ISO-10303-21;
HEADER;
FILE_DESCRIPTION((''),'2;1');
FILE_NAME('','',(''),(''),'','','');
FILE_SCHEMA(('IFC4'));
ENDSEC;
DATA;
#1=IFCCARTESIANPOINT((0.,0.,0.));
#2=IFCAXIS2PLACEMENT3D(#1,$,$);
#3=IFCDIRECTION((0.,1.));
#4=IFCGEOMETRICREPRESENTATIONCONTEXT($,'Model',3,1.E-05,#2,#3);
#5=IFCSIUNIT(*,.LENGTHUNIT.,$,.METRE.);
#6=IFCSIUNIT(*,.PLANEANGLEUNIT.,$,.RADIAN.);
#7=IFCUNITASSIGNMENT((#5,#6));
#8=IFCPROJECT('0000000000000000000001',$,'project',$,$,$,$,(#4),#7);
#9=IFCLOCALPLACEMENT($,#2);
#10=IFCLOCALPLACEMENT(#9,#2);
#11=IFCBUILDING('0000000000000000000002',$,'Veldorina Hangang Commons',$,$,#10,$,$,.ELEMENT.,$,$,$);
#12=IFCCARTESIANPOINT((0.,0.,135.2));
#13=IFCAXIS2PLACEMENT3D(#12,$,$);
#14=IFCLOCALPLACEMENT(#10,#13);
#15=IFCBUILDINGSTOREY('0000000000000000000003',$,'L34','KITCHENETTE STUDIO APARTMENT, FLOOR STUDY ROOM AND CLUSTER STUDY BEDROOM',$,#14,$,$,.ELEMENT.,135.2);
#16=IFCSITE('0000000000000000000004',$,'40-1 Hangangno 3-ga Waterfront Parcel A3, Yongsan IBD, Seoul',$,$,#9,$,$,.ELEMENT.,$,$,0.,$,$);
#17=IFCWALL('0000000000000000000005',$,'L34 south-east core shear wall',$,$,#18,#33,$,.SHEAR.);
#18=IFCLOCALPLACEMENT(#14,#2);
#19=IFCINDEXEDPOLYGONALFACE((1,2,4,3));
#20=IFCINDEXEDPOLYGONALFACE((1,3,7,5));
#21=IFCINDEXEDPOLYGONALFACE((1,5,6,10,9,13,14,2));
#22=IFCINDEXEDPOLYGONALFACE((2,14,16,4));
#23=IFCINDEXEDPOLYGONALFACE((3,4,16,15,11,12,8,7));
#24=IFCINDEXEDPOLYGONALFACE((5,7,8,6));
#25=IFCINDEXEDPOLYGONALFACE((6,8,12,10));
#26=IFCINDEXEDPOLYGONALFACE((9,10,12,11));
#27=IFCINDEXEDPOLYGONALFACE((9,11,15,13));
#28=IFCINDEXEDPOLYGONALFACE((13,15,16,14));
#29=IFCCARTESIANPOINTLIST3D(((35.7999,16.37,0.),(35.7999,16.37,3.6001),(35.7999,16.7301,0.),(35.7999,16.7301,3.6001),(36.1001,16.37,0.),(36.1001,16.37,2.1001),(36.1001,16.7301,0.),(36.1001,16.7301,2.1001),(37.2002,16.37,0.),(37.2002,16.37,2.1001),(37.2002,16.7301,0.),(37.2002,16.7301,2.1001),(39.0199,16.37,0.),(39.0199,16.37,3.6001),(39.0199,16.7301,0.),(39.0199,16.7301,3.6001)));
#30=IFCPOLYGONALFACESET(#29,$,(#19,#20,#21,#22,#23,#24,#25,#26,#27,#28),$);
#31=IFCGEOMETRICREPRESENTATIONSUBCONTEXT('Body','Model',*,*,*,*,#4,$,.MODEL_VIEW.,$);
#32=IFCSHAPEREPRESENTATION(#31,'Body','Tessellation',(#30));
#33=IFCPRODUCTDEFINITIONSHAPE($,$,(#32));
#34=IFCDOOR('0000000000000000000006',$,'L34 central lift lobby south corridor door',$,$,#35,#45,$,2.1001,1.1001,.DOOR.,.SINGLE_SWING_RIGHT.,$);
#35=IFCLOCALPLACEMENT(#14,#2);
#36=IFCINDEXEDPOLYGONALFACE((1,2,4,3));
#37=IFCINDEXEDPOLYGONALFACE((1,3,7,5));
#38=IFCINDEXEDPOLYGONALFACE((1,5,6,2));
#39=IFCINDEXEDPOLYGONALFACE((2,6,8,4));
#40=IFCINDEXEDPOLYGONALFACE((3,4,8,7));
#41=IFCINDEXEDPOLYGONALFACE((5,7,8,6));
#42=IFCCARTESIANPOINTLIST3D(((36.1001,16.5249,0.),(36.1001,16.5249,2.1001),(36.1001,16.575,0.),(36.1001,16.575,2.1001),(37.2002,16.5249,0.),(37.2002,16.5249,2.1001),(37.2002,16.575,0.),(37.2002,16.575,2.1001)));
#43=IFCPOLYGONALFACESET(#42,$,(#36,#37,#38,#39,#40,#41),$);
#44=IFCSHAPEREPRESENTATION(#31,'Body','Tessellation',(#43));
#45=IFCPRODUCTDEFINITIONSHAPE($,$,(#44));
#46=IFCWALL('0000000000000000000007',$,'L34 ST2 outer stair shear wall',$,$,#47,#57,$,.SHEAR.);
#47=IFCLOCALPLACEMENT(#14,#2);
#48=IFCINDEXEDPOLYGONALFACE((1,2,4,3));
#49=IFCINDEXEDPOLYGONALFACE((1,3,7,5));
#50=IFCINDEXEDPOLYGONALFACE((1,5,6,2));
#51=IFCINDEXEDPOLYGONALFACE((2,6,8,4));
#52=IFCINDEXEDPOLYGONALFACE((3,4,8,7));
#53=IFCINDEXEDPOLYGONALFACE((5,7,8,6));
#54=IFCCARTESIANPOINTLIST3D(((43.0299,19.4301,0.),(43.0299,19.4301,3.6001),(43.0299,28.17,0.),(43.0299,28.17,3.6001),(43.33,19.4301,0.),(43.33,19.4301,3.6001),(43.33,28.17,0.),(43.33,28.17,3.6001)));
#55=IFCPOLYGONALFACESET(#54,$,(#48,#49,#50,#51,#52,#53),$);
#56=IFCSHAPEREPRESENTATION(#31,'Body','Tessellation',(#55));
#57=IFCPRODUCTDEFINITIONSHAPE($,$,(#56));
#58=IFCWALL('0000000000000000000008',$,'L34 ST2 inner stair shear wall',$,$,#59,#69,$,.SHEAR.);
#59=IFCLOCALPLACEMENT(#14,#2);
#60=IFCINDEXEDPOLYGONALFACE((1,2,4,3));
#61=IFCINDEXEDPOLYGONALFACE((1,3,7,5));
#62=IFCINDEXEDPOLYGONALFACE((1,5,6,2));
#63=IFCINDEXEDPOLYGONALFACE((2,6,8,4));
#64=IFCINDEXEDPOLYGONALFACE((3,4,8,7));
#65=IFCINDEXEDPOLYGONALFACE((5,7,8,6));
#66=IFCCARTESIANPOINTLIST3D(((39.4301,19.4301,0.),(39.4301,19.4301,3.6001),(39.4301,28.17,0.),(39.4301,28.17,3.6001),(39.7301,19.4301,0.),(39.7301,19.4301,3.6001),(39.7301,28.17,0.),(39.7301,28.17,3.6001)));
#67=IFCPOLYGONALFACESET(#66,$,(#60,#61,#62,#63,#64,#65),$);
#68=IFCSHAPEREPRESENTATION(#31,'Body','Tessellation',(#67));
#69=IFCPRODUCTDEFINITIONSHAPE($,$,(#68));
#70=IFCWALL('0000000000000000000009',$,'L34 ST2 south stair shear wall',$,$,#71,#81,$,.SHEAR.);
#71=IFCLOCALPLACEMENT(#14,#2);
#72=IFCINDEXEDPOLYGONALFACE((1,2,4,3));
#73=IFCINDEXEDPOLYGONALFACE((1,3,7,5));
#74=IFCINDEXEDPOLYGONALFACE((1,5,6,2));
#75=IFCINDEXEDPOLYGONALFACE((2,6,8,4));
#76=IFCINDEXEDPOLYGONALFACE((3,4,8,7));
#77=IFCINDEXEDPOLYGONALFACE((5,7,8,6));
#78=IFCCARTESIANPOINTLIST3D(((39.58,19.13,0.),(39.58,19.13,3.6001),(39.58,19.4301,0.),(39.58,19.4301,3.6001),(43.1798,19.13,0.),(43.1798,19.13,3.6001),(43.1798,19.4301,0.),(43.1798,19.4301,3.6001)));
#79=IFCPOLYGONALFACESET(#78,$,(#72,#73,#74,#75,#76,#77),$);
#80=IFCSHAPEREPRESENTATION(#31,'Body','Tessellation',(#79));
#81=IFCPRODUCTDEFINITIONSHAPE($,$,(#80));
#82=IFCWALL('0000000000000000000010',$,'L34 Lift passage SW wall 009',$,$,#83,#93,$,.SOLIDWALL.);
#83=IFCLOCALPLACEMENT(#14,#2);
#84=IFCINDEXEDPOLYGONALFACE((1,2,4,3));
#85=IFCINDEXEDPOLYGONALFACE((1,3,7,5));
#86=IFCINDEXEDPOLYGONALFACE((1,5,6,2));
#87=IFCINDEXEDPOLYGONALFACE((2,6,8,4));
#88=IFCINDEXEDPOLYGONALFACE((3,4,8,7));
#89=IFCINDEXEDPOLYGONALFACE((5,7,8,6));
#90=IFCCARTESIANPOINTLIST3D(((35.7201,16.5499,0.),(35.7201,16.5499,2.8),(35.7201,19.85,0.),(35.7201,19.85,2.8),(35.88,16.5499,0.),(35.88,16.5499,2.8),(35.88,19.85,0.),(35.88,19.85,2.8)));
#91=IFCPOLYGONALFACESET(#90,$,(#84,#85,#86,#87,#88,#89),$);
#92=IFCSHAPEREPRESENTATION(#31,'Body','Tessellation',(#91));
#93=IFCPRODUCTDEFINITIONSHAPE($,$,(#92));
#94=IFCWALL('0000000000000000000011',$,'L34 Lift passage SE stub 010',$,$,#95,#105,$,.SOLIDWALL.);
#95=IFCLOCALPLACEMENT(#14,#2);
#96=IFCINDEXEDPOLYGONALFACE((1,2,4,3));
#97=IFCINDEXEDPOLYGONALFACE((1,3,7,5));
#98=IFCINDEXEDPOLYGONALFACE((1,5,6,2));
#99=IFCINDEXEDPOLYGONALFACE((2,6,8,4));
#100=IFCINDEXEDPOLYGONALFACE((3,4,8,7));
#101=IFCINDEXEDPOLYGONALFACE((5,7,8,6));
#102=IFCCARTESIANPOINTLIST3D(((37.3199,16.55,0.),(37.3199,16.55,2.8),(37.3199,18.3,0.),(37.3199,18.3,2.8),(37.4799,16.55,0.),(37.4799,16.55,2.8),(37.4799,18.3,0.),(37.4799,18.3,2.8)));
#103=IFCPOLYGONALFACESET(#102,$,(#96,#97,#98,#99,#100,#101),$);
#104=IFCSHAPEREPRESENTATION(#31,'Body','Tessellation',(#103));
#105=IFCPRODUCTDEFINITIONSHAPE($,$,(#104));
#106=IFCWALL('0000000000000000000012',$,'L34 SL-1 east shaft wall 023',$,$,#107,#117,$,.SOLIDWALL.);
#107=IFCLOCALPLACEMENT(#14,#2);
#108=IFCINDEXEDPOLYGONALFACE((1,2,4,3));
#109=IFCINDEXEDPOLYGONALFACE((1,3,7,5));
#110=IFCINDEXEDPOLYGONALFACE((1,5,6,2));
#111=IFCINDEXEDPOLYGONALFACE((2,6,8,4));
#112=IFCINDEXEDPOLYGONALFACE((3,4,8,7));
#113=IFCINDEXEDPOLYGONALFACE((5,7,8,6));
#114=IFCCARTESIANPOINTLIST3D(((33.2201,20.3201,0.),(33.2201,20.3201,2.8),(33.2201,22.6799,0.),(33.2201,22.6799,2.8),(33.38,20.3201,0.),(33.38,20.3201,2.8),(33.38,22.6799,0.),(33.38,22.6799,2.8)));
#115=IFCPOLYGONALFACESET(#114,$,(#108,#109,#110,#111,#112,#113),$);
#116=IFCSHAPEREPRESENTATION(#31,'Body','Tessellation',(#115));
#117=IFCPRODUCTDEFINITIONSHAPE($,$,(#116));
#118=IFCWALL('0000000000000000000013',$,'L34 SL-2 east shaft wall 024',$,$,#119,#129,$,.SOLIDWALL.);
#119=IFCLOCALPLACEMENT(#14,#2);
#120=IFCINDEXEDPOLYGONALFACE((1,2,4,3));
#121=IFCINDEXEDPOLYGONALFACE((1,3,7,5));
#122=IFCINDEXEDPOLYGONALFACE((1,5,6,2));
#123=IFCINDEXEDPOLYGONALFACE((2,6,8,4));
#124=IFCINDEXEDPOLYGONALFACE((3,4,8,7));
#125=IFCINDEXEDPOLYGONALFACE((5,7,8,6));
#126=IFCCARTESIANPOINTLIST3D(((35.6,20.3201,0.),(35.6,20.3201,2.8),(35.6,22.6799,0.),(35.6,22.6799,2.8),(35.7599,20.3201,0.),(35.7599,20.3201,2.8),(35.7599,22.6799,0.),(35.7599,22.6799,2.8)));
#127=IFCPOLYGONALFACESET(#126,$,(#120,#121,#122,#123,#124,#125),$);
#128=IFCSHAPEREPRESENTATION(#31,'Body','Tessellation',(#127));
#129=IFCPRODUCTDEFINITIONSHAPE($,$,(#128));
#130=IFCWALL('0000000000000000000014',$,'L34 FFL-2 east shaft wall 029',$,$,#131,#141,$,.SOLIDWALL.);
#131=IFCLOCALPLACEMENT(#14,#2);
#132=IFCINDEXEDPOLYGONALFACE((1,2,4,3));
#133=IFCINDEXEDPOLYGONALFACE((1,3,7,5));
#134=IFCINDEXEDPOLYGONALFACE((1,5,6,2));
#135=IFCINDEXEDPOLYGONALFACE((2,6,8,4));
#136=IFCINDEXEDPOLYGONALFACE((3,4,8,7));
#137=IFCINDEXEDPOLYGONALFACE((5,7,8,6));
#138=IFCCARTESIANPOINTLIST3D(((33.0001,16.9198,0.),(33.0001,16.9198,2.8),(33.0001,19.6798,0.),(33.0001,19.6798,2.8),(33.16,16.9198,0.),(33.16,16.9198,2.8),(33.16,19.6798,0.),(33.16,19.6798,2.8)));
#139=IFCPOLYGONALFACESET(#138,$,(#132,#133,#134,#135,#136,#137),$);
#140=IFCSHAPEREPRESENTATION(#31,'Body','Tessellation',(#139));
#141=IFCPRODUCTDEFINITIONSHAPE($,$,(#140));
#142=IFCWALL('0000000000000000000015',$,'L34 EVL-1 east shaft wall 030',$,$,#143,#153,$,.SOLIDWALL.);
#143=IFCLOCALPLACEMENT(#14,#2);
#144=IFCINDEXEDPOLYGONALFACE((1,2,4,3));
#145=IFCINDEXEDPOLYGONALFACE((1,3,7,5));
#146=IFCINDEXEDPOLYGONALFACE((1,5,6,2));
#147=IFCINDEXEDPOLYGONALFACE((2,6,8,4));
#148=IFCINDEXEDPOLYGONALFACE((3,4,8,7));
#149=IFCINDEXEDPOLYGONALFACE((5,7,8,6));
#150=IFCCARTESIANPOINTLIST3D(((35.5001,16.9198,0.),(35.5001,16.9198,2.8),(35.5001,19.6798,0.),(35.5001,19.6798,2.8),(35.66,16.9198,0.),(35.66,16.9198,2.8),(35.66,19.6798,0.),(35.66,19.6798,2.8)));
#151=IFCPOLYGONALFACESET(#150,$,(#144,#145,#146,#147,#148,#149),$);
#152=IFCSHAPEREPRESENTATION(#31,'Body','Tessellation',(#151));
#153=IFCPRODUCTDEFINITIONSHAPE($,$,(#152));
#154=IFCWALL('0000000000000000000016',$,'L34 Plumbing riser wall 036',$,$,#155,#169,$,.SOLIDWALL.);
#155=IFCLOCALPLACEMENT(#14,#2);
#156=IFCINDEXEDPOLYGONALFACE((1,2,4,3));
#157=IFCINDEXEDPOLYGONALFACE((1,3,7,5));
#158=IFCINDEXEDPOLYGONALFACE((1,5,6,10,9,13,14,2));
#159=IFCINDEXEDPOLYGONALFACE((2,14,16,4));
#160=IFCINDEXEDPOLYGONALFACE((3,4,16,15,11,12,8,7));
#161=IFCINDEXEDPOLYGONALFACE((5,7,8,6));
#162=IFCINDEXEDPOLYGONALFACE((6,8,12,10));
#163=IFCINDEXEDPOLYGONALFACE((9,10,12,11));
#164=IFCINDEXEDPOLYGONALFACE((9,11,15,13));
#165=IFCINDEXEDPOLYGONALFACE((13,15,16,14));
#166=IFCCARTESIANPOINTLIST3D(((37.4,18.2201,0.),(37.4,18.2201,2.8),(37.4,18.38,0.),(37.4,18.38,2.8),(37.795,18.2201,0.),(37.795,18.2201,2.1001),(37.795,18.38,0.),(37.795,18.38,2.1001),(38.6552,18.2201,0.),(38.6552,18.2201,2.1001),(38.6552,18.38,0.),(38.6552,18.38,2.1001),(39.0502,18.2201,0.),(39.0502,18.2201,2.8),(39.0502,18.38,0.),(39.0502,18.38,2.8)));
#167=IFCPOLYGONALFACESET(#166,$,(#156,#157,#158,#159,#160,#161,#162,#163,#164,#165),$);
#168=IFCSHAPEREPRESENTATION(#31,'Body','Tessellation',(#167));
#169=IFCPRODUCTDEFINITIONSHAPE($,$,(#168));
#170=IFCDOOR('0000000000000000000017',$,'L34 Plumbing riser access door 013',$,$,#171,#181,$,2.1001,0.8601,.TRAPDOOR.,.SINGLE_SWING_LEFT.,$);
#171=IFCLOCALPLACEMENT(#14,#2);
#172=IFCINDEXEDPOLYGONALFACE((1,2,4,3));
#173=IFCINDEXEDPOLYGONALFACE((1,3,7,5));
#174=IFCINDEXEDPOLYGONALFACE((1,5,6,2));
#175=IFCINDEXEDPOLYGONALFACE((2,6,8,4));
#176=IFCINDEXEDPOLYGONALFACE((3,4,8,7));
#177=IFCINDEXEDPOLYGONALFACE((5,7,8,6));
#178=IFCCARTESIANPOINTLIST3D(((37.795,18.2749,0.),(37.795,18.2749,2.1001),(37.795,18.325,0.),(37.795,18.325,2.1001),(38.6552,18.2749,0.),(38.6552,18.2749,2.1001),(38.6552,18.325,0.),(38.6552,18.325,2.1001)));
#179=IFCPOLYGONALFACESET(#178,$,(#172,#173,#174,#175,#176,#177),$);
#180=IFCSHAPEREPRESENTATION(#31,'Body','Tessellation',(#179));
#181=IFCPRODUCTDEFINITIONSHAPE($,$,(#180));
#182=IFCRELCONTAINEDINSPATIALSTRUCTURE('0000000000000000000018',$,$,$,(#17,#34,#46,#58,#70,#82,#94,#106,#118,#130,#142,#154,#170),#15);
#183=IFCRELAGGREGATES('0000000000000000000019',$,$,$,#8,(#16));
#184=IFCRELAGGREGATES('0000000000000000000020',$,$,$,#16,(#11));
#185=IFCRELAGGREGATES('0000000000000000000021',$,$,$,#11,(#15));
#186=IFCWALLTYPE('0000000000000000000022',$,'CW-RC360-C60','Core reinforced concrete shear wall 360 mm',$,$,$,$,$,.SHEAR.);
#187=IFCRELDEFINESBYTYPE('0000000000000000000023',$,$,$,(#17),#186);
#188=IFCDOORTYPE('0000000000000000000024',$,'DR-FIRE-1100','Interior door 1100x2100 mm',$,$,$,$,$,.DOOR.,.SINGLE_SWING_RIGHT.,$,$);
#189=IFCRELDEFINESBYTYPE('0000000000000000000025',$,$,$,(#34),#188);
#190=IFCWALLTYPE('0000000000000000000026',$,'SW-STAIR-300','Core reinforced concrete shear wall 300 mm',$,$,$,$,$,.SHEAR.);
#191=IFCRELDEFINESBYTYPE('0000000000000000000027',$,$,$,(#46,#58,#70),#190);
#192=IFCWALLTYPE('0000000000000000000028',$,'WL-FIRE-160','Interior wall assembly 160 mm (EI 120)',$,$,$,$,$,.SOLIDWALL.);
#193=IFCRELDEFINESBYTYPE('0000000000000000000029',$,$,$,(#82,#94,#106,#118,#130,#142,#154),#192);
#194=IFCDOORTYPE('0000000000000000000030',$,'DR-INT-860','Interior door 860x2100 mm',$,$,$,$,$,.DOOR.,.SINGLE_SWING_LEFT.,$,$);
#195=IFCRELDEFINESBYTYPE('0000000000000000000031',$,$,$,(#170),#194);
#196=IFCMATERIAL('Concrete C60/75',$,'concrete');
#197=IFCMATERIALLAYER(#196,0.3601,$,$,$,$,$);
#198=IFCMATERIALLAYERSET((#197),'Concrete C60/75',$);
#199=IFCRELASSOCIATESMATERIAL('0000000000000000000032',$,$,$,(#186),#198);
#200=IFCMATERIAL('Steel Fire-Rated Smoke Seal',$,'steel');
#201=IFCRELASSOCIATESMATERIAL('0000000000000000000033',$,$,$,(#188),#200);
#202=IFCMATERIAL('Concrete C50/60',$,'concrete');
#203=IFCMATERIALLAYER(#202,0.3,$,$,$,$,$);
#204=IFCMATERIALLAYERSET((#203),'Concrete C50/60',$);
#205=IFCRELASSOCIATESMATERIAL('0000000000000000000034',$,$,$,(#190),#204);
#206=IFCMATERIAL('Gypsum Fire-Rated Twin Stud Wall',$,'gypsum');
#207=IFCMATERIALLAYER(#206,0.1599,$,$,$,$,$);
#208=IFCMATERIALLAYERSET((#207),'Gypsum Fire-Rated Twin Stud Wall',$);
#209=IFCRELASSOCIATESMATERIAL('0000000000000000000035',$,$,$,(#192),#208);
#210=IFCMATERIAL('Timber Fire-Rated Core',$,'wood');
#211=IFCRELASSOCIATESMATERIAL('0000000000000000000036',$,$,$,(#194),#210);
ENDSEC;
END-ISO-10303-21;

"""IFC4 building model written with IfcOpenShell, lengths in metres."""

from ifc_helpers import new_model, si_unit, direction, frame, frame_2d, origin, place, context, subcontext, project, spatial, rectangle, extrude, material, layer, layer_set, type_object, element, fill, save


model = new_model("IFC4")

# Units and contexts
model_context = context("Model", 3, precision=1e-05, world=origin(), true_north=direction((0.0, 1.0)))
body_context = subcontext(model_context, "Body", "Model", "MODEL_VIEW")
ifc_project = project(units=[si_unit("LENGTHUNIT", "METRE"), si_unit("PLANEANGLEUNIT", "RADIAN")], contexts=[model_context])

# Site, building, storey
site_placement = place(None, origin())
site = spatial("IfcSite", under=ifc_project, at=site_placement, Name="40-1 Hangangno 3-ga Waterfront Parcel A3, Yongsan IBD, Seoul", CompositionType="ELEMENT", RefElevation=0.0)
building_placement = place(site_placement, origin())
building = spatial("IfcBuilding", under=site, at=building_placement, Name="Veldorina Hangang Commons", CompositionType="ELEMENT")
storey_placement = place(building_placement, frame((0.0, 0.0, 135.2)))
storey = spatial("IfcBuildingStorey", under=building, at=storey_placement, Name="L34", Description="KITCHENETTE STUDIO APARTMENT, FLOOR STUDY ROOM AND CLUSTER STUDY BEDROOM", CompositionType="ELEMENT", Elevation=135.2)

# Shared definitions
ifc_material_1 = material(Name="Concrete C60/75", Category="concrete")

# Shared definitions
ifc_layer_1 = layer(ifc_material_1, 0.3601)
ifc_layer_set_1 = layer_set([ifc_layer_1], Name="Concrete C60/75")
wall_type_1 = type_object("IfcWallType", Name="CW-RC360-C60", Description="Core reinforced concrete shear wall 360 mm", PredefinedType="SHEAR", material=ifc_layer_set_1)

# Wall, opening, door
wall_1_placement = place(storey_placement, frame((35.8, 16.55, 0.0), z_axis=(0.0, 0.0, 1.0), x_axis=(1.0, 0.0, 0.0)))
wall_1 = element("IfcWall", 1, at=wall_1_placement, inside=storey, type_object=wall_type_1, Name="L34 south-east core shear wall", PredefinedType="SHEAR", context=body_context, shape_type="SweptSolid", body=[
    extrude(rectangle(XDim=3.22, YDim=0.3601, at=frame_2d((1.6099, 0.0))), origin(), (0.0, 0.0, 1.0), 3.6001),
])
opening_1_placement = place(wall_1_placement, frame((0.3, 0.0, 0.0)))
opening_1 = element("IfcOpeningElement", 2, at=opening_1_placement, cuts=wall_1, PredefinedType="OPENING", context=body_context, shape_type="SweptSolid", body=[
    extrude(rectangle(XDim=1.1001, YDim=2.1001, at=frame_2d((0.55, 1.05))), frame((0.0, 0.1899, 0.0), z_axis=(0.0, -1.0, 0.0), x_axis=(1.0, 0.0, 0.0)), (0.0, 0.0, 1.0), 0.3801),
])
ifc_material_2 = material(Name="Steel Fire-Rated Smoke Seal", Category="steel")
door_type_1 = type_object("IfcDoorType", Name="DR-FIRE-1100", Description="Interior door 1100x2100 mm", OperationType="SINGLE_SWING_RIGHT", PredefinedType="DOOR", material=ifc_material_2)
door_1_placement = place(opening_1_placement, origin())
door_1 = element("IfcDoor", 3, at=door_1_placement, inside=storey, type_object=door_type_1, Name="L34 central lift lobby south corridor door", OperationType="SINGLE_SWING_RIGHT", OverallHeight=2.1001, OverallWidth=1.1001, PredefinedType="DOOR", context=body_context, shape_type="SweptSolid", body=[
    extrude(rectangle(XDim=1.1001, YDim=2.1001, at=frame_2d((0.55, 1.05))), frame((0.0, 0.0249, 0.0), z_axis=(0.0, -1.0, 0.0), x_axis=(1.0, 0.0, 0.0)), (0.0, 0.0, 1.0), 0.05),
])
fill(opening_1, door_1)

# Walls
ifc_material_3 = material(Name="Concrete C50/60", Category="concrete")
ifc_layer_2 = layer(ifc_material_3, 0.3)
ifc_layer_set_2 = layer_set([ifc_layer_2], Name="Concrete C50/60")
wall_type_2 = type_object("IfcWallType", Name="SW-STAIR-300", Description="Core reinforced concrete shear wall 300 mm", PredefinedType="SHEAR", material=ifc_layer_set_2)
for number, where, z_axis, x_axis, name in (
    (4, (43.1799, 19.4299, 0.0), (0.0, 0.0, 1.0), (0.0, 1.0, 0.0), "L34 ST2 outer stair shear wall"),
    (5, (39.5801, 19.4299, 0.0), (0.0, 0.0, 1.0), (0.0, 1.0, 0.0), "L34 ST2 inner stair shear wall"),
):
    element("IfcWall", number, at=place(storey_placement, frame(where, z_axis=z_axis, x_axis=x_axis)), inside=storey, type_object=wall_type_2, Name=name, PredefinedType="SHEAR", context=body_context, shape_type="SweptSolid", body=[
        extrude(rectangle(XDim=8.74, YDim=0.3, at=frame_2d((4.3701, 0.0))), origin(), (0.0, 0.0, 1.0), 3.6001),
    ])
wall_2_placement = place(storey_placement, frame((39.5801, 19.28, 0.0), z_axis=(0.0, 0.0, 1.0), x_axis=(1.0, 0.0, 0.0)))
element("IfcWall", 6, at=wall_2_placement, inside=storey, type_object=wall_type_2, Name="L34 ST2 south stair shear wall", PredefinedType="SHEAR", context=body_context, shape_type="SweptSolid", body=[
    extrude(rectangle(XDim=3.5999, YDim=0.3, at=frame_2d((1.7998, 0.0))), origin(), (0.0, 0.0, 1.0), 3.6001),
])
ifc_material_4 = material(Name="Gypsum Fire-Rated Twin Stud Wall", Category="gypsum")
ifc_layer_3 = layer(ifc_material_4, 0.1599)
ifc_layer_set_3 = layer_set([ifc_layer_3], Name="Gypsum Fire-Rated Twin Stud Wall")
wall_type_3 = type_object("IfcWallType", Name="WL-FIRE-160", Description="Interior wall assembly 160 mm (EI 120)", PredefinedType="SOLIDWALL", material=ifc_layer_set_3)
wall_3_placement = place(storey_placement, frame((35.8, 16.55, 0.0), z_axis=(0.0, 0.0, 1.0), x_axis=(0.0, 1.0, 0.0)))
element("IfcWall", 7, at=wall_3_placement, inside=storey, type_object=wall_type_3, Name="L34 Lift passage SW wall 009", PredefinedType="SOLIDWALL", context=body_context, shape_type="SweptSolid", body=[
    extrude(rectangle(XDim=3.3, YDim=0.1599, at=frame_2d((1.6499, 0.0))), origin(), (0.0, 0.0, 1.0), 2.8),
])
wall_4_placement = place(storey_placement, frame((37.3999, 16.55, 0.0), z_axis=(0.0, 0.0, 1.0), x_axis=(0.0, 1.0, 0.0)))
element("IfcWall", 8, at=wall_4_placement, inside=storey, type_object=wall_type_3, Name="L34 Lift passage SE stub 010", PredefinedType="SOLIDWALL", context=body_context, shape_type="SweptSolid", body=[
    extrude(rectangle(XDim=1.75, YDim=0.1599, at=frame_2d((0.875, 0.0))), origin(), (0.0, 0.0, 1.0), 2.8),
])
for number, where, z_axis, x_axis, name in (
    (9, (33.3, 20.3201, 0.0), (0.0, 0.0, 1.0), (0.0, 1.0, 0.0), "L34 SL-1 east shaft wall 023"),
    (10, (35.6799, 20.3201, 0.0), (0.0, 0.0, 1.0), (0.0, 1.0, 0.0), "L34 SL-2 east shaft wall 024"),
):
    element("IfcWall", number, at=place(storey_placement, frame(where, z_axis=z_axis, x_axis=x_axis)), inside=storey, type_object=wall_type_3, Name=name, PredefinedType="SOLIDWALL", context=body_context, shape_type="SweptSolid", body=[
        extrude(rectangle(XDim=2.3599, YDim=0.1599, at=frame_2d((1.1799, 0.0))), origin(), (0.0, 0.0, 1.0), 2.8),
    ])
for number, where, z_axis, x_axis, name in (
    (11, (33.0801, 16.9199, 0.0), (0.0, 0.0, 1.0), (0.0, 1.0, 0.0), "L34 FFL-2 east shaft wall 029"),
    (12, (35.5801, 16.9199, 0.0), (0.0, 0.0, 1.0), (0.0, 1.0, 0.0), "L34 EVL-1 east shaft wall 030"),
):
    element("IfcWall", number, at=place(storey_placement, frame(where, z_axis=z_axis, x_axis=x_axis)), inside=storey, type_object=wall_type_3, Name=name, PredefinedType="SOLIDWALL", context=body_context, shape_type="SweptSolid", body=[
        extrude(rectangle(XDim=2.76, YDim=0.1599, at=frame_2d((1.3799, 0.0))), origin(), (0.0, 0.0, 1.0), 2.8),
    ])

# Wall, opening, door
wall_5_placement = place(storey_placement, frame((37.3999, 18.3, 0.0), z_axis=(0.0, 0.0, 1.0), x_axis=(1.0, 0.0, 0.0)))
wall_5 = element("IfcWall", 13, at=wall_5_placement, inside=storey, type_object=wall_type_3, Name="L34 Plumbing riser wall 036", PredefinedType="SOLIDWALL", context=body_context, shape_type="SweptSolid", body=[
    extrude(rectangle(XDim=1.6501, YDim=0.1599, at=frame_2d((0.8252, 0.0))), origin(), (0.0, 0.0, 1.0), 2.8),
])
opening_2_placement = place(wall_5_placement, frame((0.395, 0.0, 0.0)))
opening_2 = element("IfcOpeningElement", 14, at=opening_2_placement, cuts=wall_5, PredefinedType="OPENING", context=body_context, shape_type="SweptSolid", body=[
    extrude(rectangle(XDim=0.8601, YDim=2.1001, at=frame_2d((0.4302, 1.05))), frame((0.0, 0.0898, 0.0), z_axis=(0.0, -1.0, 0.0), x_axis=(1.0, 0.0, 0.0)), (0.0, 0.0, 1.0), 0.1799),
])
ifc_material_5 = material(Name="Timber Fire-Rated Core", Category="wood")
door_type_2 = type_object("IfcDoorType", Name="DR-INT-860", Description="Interior door 860x2100 mm", OperationType="SINGLE_SWING_LEFT", PredefinedType="DOOR", material=ifc_material_5)
door_2_placement = place(opening_2_placement, origin())
door_2 = element("IfcDoor", 15, at=door_2_placement, inside=storey, type_object=door_type_2, Name="L34 Plumbing riser access door 013", OperationType="SINGLE_SWING_LEFT", OverallHeight=2.1001, OverallWidth=0.8601, PredefinedType="TRAPDOOR", context=body_context, shape_type="SweptSolid", body=[
    extrude(rectangle(XDim=0.8601, YDim=2.1001, at=frame_2d((0.4302, 1.05))), frame((0.0, 0.0249, 0.0), z_axis=(0.0, -1.0, 0.0), x_axis=(1.0, 0.0, 0.0)), (0.0, 0.0, 1.0), 0.05),
])
fill(opening_2, door_2)

save(model, "model.ifc")
